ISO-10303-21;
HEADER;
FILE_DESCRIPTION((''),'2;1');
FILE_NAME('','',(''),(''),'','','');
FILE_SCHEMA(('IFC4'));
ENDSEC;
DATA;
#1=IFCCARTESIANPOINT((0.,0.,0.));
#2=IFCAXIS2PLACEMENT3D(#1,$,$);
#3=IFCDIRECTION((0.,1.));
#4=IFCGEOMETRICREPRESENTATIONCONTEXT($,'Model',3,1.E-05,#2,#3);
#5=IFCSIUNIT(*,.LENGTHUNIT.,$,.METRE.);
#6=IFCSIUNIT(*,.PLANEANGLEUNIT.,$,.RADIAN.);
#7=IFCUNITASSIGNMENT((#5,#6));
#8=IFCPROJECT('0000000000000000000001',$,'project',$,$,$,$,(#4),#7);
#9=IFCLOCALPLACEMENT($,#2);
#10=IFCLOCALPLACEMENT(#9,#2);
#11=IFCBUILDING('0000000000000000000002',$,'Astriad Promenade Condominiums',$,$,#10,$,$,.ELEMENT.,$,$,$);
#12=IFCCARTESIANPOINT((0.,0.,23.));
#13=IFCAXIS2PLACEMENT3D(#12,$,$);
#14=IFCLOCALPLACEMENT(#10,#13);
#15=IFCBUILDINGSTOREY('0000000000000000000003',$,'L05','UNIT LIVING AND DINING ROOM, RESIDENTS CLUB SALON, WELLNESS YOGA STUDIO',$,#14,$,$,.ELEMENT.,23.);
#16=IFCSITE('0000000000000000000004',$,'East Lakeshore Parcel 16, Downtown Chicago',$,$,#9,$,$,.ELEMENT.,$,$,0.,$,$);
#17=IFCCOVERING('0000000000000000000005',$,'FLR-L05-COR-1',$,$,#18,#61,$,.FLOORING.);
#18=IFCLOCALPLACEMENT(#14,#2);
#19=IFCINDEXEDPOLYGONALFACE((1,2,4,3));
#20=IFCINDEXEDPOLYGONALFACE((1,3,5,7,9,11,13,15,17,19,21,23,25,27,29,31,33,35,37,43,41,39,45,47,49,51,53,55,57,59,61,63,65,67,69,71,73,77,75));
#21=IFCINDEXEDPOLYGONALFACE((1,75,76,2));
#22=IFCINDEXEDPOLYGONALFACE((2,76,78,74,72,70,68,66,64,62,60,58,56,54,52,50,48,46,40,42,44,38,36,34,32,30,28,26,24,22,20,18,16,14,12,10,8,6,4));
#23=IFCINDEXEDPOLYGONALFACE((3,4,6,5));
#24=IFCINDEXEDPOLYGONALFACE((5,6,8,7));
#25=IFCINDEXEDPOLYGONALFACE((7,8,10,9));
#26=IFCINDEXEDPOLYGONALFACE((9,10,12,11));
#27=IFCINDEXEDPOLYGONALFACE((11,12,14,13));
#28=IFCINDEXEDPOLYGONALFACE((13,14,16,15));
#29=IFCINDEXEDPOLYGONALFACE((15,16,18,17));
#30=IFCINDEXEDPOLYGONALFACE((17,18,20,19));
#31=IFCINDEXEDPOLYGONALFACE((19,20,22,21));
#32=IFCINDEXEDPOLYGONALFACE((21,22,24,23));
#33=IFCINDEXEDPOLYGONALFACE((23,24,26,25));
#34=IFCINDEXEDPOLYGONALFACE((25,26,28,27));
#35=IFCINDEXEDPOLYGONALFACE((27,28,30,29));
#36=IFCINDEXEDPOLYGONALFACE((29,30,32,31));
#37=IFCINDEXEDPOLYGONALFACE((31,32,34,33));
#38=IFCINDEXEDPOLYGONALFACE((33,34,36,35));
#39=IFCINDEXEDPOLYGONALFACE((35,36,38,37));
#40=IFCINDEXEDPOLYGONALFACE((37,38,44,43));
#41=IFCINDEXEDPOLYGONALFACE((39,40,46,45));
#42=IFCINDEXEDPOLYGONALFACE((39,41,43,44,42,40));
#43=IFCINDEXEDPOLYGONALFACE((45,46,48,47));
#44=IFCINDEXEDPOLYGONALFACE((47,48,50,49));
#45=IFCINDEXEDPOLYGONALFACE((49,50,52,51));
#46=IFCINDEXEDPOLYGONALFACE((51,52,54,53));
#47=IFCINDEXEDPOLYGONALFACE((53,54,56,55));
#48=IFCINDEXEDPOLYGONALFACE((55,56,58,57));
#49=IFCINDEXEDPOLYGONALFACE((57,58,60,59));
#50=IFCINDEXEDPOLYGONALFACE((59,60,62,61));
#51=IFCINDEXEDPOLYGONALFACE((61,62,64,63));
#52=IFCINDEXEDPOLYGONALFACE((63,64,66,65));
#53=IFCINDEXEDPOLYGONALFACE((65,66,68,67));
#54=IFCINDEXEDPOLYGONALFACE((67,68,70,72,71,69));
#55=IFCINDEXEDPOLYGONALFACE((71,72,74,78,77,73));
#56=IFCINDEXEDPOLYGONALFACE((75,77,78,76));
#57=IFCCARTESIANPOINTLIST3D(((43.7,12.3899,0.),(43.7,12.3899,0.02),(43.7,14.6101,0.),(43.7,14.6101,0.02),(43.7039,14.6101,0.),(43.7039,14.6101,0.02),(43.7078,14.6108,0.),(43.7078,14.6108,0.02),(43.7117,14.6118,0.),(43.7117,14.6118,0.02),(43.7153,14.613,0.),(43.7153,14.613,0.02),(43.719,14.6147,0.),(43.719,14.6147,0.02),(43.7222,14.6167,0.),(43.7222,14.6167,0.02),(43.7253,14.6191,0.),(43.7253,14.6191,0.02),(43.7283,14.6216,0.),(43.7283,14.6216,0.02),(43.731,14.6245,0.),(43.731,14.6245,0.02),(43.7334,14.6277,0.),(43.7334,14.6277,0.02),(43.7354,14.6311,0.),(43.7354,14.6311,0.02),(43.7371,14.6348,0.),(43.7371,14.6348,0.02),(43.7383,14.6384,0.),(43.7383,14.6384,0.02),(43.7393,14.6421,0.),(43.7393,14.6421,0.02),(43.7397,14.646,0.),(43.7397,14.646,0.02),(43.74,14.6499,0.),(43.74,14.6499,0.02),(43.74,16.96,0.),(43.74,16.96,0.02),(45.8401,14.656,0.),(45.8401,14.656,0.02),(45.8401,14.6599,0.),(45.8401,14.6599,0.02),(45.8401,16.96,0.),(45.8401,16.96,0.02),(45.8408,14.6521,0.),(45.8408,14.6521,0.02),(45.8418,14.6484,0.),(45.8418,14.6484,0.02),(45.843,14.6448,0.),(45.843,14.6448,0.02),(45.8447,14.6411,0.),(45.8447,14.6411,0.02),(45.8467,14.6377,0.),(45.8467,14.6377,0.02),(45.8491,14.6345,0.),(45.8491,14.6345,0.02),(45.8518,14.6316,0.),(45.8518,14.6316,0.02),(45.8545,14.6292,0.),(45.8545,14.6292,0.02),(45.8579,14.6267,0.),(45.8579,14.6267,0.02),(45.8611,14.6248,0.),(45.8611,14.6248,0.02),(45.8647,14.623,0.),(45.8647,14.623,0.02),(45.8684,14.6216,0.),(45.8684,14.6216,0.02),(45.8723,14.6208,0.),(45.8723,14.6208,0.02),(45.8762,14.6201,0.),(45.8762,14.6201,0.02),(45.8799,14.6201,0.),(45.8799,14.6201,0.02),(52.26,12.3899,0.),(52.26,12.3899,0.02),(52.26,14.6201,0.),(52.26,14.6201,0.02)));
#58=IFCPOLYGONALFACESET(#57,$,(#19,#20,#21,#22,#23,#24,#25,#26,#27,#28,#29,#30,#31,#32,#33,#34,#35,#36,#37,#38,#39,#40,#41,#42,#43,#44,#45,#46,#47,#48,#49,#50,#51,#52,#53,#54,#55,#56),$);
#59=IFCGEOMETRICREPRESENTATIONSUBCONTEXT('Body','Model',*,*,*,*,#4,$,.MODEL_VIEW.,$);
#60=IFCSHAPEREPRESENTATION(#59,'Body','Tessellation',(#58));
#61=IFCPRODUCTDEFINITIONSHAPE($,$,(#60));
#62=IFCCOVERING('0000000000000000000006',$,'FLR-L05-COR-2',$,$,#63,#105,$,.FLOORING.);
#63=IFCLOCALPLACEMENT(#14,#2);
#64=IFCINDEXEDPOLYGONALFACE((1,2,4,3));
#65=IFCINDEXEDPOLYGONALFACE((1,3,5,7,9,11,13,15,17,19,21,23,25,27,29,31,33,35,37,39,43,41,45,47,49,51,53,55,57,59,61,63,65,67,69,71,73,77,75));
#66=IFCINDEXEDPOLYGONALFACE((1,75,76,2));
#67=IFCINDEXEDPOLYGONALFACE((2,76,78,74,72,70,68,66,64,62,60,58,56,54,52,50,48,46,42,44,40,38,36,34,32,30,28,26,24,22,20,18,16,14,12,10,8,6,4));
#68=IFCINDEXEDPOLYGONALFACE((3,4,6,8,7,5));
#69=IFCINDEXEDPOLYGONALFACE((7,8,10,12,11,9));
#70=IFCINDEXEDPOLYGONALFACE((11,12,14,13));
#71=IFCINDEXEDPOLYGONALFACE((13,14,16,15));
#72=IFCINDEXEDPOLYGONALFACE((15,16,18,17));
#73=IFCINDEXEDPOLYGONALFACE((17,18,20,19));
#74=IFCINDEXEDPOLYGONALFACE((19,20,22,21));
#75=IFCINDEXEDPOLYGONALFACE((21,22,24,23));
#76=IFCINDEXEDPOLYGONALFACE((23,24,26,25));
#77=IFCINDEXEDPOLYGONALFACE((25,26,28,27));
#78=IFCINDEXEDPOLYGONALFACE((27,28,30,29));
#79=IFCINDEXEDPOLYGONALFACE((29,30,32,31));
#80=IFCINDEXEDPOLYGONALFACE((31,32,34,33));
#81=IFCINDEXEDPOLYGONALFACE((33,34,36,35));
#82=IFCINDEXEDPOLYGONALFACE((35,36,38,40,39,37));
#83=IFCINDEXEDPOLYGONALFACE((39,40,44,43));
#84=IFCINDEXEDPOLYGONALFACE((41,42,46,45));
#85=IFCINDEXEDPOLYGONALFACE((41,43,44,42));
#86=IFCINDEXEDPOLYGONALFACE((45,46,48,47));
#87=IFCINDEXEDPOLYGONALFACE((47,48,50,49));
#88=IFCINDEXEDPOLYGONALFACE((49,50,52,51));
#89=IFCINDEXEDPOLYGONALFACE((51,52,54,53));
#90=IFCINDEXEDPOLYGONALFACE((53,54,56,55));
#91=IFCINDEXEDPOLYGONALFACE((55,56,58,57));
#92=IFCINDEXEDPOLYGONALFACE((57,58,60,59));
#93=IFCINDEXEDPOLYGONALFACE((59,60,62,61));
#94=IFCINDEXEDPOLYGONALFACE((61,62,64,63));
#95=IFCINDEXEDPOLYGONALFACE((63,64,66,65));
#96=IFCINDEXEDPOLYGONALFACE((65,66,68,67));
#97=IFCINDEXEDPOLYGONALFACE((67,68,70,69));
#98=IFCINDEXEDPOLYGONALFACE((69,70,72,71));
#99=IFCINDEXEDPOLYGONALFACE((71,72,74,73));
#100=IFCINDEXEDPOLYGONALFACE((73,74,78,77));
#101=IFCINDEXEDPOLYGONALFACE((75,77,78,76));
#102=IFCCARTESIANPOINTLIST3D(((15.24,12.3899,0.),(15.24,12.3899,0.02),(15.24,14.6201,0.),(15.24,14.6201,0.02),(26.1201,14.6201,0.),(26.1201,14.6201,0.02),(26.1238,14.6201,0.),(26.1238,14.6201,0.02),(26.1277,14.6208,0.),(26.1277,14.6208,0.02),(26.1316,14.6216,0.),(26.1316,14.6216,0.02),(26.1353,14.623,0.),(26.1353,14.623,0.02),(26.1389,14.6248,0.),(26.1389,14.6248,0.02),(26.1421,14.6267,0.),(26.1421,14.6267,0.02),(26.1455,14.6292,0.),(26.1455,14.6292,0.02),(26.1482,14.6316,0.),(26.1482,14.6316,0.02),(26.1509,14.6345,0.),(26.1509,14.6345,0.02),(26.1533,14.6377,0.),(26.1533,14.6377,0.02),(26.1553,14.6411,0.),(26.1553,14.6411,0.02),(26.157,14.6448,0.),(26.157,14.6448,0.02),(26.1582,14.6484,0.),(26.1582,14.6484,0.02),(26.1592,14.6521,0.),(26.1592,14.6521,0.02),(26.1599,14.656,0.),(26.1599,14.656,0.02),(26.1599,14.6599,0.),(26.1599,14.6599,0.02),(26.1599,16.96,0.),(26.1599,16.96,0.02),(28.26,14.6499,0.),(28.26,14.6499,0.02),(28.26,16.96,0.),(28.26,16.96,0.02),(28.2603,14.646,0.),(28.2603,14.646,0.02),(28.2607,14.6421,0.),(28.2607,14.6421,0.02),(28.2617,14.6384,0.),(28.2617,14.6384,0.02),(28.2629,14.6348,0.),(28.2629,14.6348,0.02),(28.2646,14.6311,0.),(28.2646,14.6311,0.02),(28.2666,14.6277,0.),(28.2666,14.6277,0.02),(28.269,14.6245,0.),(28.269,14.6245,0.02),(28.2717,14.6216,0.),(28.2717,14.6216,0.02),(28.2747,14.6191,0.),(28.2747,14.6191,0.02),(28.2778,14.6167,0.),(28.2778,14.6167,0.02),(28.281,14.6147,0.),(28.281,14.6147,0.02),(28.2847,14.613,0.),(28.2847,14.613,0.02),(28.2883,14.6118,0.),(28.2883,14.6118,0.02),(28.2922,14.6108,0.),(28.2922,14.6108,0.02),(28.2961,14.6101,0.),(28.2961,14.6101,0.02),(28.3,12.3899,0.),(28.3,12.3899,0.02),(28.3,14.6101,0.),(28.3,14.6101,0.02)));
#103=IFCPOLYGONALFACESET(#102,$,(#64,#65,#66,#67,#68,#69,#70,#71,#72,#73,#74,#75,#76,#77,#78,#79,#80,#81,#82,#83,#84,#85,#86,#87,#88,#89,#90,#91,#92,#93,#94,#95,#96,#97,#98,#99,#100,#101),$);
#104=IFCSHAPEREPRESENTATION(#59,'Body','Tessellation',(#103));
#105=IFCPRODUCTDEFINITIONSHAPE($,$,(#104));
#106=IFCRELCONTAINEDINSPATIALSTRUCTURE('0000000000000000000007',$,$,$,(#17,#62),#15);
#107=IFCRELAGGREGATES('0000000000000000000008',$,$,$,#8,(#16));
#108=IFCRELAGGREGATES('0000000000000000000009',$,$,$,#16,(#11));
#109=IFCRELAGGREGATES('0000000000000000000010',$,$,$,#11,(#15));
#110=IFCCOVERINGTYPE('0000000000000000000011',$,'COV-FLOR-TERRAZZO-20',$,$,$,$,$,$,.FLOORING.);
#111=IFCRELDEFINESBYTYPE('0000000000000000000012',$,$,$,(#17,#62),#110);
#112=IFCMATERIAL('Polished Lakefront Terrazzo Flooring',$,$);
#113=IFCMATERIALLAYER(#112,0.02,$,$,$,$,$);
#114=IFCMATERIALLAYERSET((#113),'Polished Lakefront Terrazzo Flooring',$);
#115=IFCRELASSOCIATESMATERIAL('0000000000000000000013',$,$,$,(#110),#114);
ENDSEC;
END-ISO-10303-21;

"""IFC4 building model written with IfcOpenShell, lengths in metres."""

from ifc_helpers import new_model, si_unit, direction, frame, origin, place, context, subcontext, project, spatial, polyline, outline, extrude, material, layer, layer_set, type_object, element, save


model = new_model("IFC4")

# Units and contexts
model_context = context("Model", 3, precision=1e-05, world=origin(), true_north=direction((0.0, 1.0)))
body_context = subcontext(model_context, "Body", "Model", "MODEL_VIEW")
ifc_project = project(units=[si_unit("LENGTHUNIT", "METRE"), si_unit("PLANEANGLEUNIT", "RADIAN")], contexts=[model_context])

# Site, building, storey
site_placement = place(None, origin())
site = spatial("IfcSite", under=ifc_project, at=site_placement, Name="East Lakeshore Parcel 16, Downtown Chicago", CompositionType="ELEMENT", RefElevation=0.0)
building_placement = place(site_placement, origin())
building = spatial("IfcBuilding", under=site, at=building_placement, Name="Astriad Promenade Condominiums", CompositionType="ELEMENT")
storey_placement = place(building_placement, frame((0.0, 0.0, 23.0)))
storey = spatial("IfcBuildingStorey", under=building, at=storey_placement, Name="L05", Description="UNIT LIVING AND DINING ROOM, RESIDENTS CLUB SALON, WELLNESS YOGA STUDIO", CompositionType="ELEMENT", Elevation=23.0)

# Coverings
ifc_material_1 = material(Name="Polished Lakefront Terrazzo Flooring")
ifc_layer_1 = layer(ifc_material_1, 0.02)
ifc_layer_set_1 = layer_set([ifc_layer_1], Name="Polished Lakefront Terrazzo Flooring")
covering_type = type_object("IfcCoveringType", Name="COV-FLOR-TERRAZZO-20", PredefinedType="FLOORING", material=ifc_layer_set_1)
covering_1_placement = place(storey_placement, origin())
element("IfcCovering", 1, at=covering_1_placement, inside=storey, type_object=covering_type, Name="FLR-L05-COR-1", PredefinedType="FLOORING", context=body_context, shape_type="SweptSolid", body=[
    extrude(outline(polyline([(43.7, 12.3899), (43.7, 14.6101), (43.7039, 14.6101), (43.7078, 14.6108), (43.7117, 14.6118), (43.7153, 14.613), (43.719, 14.6147), (43.7222, 14.6167), (43.7253, 14.6191), (43.7283, 14.6216), (43.731, 14.6245), (43.7334, 14.6277), (43.7354, 14.6311), (43.7371, 14.6348), (43.7383, 14.6384), (43.7393, 14.6421), (43.7397, 14.646), (43.74, 14.6499), (43.74, 16.96), (45.8401, 16.96), (45.8401, 14.6599), (45.8401, 14.656), (45.8408, 14.6521), (45.8418, 14.6484), (45.843, 14.6448), (45.8447, 14.6411), (45.8467, 14.6377), (45.8491, 14.6345), (45.8518, 14.6316), (45.8545, 14.6292), (45.8579, 14.6267), (45.8611, 14.6248), (45.8647, 14.623), (45.8684, 14.6216), (45.8723, 14.6208), (45.8762, 14.6201), (45.8799, 14.6201), (52.26, 14.6201), (52.26, 12.3899), (43.7, 12.3899)])), origin(), (0.0, 0.0, 1.0), 0.02),
])
covering_2_placement = place(storey_placement, origin())
element("IfcCovering", 2, at=covering_2_placement, inside=storey, type_object=covering_type, Name="FLR-L05-COR-2", PredefinedType="FLOORING", context=body_context, shape_type="SweptSolid", body=[
    extrude(outline(polyline([(28.3, 12.3899), (15.24, 12.3899), (15.24, 14.6201), (26.1201, 14.6201), (26.1238, 14.6201), (26.1277, 14.6208), (26.1316, 14.6216), (26.1353, 14.623), (26.1389, 14.6248), (26.1421, 14.6267), (26.1455, 14.6292), (26.1482, 14.6316), (26.1509, 14.6345), (26.1533, 14.6377), (26.1553, 14.6411), (26.157, 14.6448), (26.1582, 14.6484), (26.1592, 14.6521), (26.1599, 14.656), (26.1599, 14.6599), (26.1599, 16.96), (28.26, 16.96), (28.26, 14.6499), (28.2603, 14.646), (28.2607, 14.6421), (28.2617, 14.6384), (28.2629, 14.6348), (28.2646, 14.6311), (28.2666, 14.6277), (28.269, 14.6245), (28.2717, 14.6216), (28.2747, 14.6191), (28.2778, 14.6167), (28.281, 14.6147), (28.2847, 14.613), (28.2883, 14.6118), (28.2922, 14.6108), (28.2961, 14.6101), (28.3, 14.6101), (28.3, 12.3899)])), origin(), (0.0, 0.0, 1.0), 0.02),
])

save(model, "model.ifc")
